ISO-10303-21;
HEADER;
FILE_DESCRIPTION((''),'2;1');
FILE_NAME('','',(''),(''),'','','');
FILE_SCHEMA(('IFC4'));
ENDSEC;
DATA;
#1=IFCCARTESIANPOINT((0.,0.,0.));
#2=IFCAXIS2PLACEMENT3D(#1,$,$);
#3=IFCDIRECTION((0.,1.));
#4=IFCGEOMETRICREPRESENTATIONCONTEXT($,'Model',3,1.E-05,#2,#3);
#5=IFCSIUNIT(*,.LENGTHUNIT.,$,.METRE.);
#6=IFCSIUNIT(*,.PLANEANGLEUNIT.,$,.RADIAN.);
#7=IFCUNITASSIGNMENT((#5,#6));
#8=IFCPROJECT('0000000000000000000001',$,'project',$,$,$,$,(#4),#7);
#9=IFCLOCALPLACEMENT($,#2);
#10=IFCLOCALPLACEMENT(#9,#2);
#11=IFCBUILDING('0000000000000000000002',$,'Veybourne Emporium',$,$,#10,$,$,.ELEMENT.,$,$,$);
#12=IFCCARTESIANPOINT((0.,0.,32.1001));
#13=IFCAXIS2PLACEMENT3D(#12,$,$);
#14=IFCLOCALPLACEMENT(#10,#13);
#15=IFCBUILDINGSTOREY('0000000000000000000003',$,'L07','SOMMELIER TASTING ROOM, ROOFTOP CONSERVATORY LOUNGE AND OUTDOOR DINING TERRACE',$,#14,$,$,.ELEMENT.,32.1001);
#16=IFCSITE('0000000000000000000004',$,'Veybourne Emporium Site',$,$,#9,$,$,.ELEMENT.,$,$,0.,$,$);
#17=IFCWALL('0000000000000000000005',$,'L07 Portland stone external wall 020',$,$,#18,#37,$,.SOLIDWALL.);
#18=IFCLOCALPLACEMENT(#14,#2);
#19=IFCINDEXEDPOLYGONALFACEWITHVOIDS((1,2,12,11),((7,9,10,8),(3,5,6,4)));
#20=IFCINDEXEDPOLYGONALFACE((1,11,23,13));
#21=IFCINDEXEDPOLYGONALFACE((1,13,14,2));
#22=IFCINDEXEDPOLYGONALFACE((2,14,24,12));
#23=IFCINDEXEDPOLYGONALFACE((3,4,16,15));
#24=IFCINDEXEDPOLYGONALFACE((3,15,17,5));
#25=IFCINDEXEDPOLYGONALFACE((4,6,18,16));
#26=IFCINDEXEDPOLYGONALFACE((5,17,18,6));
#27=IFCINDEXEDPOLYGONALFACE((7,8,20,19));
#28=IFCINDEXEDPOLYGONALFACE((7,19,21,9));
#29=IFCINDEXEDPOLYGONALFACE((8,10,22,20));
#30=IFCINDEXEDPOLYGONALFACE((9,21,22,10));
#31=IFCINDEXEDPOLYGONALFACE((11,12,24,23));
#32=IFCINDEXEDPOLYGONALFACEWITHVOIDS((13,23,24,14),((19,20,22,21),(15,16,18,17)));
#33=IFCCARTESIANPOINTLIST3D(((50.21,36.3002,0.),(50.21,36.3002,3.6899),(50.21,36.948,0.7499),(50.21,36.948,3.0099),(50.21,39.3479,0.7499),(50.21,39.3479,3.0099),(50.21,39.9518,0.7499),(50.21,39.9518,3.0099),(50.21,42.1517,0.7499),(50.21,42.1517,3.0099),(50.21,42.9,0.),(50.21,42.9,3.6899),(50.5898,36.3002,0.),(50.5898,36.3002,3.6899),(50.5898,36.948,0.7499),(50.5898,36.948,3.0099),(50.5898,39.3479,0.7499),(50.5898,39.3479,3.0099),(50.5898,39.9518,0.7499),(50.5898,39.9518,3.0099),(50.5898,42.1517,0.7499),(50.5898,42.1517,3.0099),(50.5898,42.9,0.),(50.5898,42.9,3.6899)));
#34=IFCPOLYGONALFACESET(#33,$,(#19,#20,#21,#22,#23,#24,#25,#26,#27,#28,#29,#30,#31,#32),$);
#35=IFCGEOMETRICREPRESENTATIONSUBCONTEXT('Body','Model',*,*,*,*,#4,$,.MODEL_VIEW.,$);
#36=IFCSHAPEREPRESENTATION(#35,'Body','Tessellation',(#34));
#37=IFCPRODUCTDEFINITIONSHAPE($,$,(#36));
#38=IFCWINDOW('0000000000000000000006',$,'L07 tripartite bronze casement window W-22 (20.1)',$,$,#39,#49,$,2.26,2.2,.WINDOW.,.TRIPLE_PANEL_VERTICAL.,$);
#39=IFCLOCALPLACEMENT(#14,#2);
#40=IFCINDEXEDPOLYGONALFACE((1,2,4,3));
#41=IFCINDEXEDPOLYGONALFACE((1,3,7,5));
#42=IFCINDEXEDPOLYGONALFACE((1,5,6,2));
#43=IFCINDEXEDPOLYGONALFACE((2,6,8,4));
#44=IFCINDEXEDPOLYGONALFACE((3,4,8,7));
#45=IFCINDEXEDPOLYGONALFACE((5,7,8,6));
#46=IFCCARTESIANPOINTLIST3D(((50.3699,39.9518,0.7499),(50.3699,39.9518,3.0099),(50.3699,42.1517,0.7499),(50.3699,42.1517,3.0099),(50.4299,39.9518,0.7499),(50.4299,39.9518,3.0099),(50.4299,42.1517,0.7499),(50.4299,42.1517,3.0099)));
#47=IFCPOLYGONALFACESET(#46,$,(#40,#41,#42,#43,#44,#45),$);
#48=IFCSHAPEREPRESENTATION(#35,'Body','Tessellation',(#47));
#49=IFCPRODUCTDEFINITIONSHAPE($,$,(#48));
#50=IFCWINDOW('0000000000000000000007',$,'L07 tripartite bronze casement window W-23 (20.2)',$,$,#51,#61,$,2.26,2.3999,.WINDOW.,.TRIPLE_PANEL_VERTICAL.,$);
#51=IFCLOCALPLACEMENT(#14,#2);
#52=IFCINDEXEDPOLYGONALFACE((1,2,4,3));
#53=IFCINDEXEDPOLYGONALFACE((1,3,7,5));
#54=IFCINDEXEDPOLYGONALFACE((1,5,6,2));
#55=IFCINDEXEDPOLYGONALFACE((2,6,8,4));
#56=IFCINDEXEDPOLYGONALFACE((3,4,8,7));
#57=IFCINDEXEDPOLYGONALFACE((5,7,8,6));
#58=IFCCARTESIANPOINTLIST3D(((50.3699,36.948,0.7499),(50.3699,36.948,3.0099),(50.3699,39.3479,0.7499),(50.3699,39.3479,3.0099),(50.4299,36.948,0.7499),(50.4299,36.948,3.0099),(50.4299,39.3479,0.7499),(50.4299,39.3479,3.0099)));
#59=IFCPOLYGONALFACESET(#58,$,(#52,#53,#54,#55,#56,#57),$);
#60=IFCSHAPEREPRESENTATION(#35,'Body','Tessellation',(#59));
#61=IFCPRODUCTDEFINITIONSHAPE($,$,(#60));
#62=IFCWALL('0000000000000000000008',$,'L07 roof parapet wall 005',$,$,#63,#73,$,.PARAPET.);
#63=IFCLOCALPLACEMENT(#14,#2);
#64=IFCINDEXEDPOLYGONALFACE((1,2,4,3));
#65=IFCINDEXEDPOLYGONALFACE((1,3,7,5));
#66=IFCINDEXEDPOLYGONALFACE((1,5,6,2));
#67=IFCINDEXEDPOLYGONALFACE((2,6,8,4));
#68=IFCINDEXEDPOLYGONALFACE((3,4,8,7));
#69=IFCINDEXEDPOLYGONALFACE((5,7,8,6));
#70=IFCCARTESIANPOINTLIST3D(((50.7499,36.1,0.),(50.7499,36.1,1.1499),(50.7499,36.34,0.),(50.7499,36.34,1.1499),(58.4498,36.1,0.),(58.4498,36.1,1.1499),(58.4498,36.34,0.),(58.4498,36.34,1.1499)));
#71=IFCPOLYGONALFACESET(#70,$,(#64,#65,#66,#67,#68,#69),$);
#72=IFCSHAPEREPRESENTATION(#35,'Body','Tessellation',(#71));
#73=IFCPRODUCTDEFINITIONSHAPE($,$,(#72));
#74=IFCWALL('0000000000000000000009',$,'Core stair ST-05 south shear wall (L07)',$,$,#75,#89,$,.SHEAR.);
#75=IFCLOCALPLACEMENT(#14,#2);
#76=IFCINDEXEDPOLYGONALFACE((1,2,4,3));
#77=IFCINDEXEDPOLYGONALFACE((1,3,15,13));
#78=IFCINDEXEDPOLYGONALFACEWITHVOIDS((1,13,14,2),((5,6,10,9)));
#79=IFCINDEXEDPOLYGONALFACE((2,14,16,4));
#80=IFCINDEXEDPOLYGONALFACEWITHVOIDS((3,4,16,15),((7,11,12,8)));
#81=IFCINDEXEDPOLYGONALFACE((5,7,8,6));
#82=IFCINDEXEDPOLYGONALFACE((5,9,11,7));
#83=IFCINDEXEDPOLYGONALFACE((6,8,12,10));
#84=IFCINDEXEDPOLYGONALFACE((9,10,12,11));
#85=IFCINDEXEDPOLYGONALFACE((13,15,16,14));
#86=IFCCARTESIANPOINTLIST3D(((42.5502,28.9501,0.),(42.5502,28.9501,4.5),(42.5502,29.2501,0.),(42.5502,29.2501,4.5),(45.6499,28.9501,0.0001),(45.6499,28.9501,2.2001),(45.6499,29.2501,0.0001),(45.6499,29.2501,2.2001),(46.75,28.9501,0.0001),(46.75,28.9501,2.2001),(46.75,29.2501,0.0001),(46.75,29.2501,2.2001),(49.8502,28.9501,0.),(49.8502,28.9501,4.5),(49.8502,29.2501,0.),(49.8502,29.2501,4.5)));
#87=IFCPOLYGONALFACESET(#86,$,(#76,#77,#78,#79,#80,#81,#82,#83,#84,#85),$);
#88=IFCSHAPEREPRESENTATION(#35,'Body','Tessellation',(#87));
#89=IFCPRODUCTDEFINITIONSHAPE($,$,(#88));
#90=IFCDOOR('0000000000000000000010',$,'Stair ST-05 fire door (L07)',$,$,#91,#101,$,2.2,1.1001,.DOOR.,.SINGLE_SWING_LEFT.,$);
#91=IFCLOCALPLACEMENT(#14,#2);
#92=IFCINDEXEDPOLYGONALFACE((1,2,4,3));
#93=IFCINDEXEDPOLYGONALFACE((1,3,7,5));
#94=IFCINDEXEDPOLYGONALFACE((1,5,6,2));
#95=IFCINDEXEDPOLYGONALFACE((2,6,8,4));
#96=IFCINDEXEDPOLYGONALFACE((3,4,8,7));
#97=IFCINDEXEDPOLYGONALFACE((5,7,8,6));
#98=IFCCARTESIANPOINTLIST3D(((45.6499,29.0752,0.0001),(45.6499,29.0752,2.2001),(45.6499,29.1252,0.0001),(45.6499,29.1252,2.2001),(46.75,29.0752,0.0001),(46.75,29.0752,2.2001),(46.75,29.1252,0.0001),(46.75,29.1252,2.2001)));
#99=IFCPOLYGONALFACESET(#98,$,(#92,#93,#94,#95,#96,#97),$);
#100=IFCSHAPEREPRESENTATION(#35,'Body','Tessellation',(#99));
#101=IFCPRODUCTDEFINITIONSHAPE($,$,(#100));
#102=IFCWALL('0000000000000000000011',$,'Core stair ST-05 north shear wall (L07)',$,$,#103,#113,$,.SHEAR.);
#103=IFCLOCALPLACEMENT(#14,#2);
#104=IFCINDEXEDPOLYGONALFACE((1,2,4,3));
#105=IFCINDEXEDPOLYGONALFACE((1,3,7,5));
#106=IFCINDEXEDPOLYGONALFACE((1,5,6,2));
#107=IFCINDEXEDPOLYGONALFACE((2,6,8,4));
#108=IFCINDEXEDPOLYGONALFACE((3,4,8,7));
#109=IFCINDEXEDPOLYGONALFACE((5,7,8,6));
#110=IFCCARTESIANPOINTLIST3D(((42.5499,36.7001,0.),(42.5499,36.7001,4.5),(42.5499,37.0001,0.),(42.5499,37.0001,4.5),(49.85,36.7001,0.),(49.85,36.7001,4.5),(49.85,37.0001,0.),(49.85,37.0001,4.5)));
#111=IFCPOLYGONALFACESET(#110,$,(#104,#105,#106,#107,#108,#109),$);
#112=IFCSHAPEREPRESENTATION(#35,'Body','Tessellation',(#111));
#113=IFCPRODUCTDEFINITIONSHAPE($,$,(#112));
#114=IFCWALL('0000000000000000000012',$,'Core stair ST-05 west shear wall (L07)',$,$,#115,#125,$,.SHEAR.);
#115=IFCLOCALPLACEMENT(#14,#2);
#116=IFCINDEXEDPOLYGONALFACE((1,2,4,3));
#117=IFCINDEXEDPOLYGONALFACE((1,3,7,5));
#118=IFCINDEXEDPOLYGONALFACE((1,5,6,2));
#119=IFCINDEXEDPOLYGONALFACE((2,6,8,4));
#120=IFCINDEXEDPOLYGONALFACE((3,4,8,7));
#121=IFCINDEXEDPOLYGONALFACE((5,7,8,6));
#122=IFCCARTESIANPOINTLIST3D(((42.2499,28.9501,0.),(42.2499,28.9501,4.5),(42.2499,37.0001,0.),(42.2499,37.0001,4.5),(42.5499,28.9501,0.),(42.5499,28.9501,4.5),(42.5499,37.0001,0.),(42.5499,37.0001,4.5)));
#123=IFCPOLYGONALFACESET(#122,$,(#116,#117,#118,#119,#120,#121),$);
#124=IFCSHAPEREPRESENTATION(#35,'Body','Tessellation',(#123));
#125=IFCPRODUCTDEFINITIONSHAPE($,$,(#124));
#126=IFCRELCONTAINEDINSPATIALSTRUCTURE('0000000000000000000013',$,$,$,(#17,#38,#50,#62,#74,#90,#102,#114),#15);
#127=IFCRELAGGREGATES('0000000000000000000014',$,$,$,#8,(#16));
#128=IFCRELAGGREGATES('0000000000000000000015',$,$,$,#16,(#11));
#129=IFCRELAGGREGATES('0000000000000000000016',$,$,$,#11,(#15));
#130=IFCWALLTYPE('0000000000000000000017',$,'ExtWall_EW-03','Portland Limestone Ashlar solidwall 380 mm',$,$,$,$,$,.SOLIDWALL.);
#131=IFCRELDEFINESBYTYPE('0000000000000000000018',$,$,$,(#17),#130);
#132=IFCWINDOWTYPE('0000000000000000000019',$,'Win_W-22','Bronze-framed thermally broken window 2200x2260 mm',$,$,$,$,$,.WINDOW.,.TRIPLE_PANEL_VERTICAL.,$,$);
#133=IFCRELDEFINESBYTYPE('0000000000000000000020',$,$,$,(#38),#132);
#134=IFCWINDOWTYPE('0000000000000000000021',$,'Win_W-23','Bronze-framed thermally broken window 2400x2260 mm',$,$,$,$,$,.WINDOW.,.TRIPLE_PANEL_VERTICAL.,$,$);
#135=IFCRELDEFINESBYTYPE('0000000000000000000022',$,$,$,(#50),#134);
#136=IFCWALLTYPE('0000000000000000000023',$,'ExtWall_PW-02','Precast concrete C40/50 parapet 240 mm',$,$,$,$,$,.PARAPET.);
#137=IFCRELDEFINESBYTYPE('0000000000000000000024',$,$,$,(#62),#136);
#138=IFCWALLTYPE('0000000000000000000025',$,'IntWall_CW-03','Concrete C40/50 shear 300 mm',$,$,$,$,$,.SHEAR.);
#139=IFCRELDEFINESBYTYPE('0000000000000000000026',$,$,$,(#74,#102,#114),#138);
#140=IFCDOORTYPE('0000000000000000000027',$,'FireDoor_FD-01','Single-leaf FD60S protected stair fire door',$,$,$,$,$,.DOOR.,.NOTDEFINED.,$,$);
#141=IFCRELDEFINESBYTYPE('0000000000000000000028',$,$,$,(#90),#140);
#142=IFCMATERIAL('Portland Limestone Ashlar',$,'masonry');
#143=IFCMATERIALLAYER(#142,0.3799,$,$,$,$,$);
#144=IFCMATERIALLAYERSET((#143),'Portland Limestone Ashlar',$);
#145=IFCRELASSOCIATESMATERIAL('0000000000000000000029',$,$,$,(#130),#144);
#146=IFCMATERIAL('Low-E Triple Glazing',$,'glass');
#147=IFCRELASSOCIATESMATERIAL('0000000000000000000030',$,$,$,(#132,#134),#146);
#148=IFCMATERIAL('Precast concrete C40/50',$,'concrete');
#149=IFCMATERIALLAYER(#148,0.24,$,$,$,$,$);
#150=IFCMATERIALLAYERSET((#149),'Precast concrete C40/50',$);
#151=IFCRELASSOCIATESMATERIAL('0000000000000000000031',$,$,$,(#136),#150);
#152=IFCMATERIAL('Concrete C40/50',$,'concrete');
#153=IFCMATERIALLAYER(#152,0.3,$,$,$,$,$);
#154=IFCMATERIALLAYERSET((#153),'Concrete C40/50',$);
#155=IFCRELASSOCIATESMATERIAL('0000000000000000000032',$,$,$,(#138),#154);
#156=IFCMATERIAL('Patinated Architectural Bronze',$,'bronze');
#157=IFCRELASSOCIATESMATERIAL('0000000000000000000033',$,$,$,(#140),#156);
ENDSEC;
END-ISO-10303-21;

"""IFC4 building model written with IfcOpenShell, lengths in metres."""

from ifc_helpers import new_model, si_unit, direction, frame, frame_2d, origin, place, context, subcontext, project, spatial, rectangle, extrude, material, layer, layer_set, type_object, element, fill, save


model = new_model("IFC4")

# Units and contexts
model_context = context("Model", 3, precision=1e-05, world=origin(), true_north=direction((0.0, 1.0)))
body_context = subcontext(model_context, "Body", "Model", "MODEL_VIEW")
ifc_project = project(units=[si_unit("LENGTHUNIT", "METRE"), si_unit("PLANEANGLEUNIT", "RADIAN")], contexts=[model_context])

# Site, building, storey
site_placement = place(None, origin())
site = spatial("IfcSite", under=ifc_project, at=site_placement, Name="Veybourne Emporium Site", CompositionType="ELEMENT", RefElevation=0.0)
building_placement = place(site_placement, origin())
building = spatial("IfcBuilding", under=site, at=building_placement, Name="Veybourne Emporium", CompositionType="ELEMENT")
storey_placement = place(building_placement, frame((0.0, 0.0, 32.1001)))
storey = spatial("IfcBuildingStorey", under=building, at=storey_placement, Name="L07", Description="SOMMELIER TASTING ROOM, ROOFTOP CONSERVATORY LOUNGE AND OUTDOOR DINING TERRACE", CompositionType="ELEMENT", Elevation=32.1001)

# Shared definitions
ifc_material_1 = material(Name="Concrete C40/50", Category="concrete")

# Wall, openings, windows
ifc_material_2 = material(Name="Portland Limestone Ashlar", Category="masonry")
ifc_layer_1 = layer(ifc_material_2, 0.3799)
ifc_layer_set_1 = layer_set([ifc_layer_1], Name="Portland Limestone Ashlar")
wall_type_1 = type_object("IfcWallType", Name="ExtWall_EW-03", Description="Portland Limestone Ashlar solidwall 380 mm", PredefinedType="SOLIDWALL", material=ifc_layer_set_1)
ifc_material_3 = material(Name="Low-E Triple Glazing", Category="glass")
wall_1_placement = place(storey_placement, frame((50.3999, 42.8999, 0.0), z_axis=(0.0, 0.0, 1.0), x_axis=(0.0, -1.0, 0.0)))
wall_1 = element("IfcWall", 1, at=wall_1_placement, inside=storey, type_object=wall_type_1, Name="L07 Portland stone external wall 020", PredefinedType="SOLIDWALL", context=body_context, shape_type="SweptSolid", body=[
    extrude(rectangle(XDim=6.5999, YDim=0.3799, at=frame_2d((3.2998, 0.0))), origin(), (0.0, 0.0, 1.0), 3.6899),
])
opening_1_placement = place(wall_1_placement, frame((0.748, 0.0, 0.75)))
opening_1 = element("IfcOpeningElement", 2, at=opening_1_placement, cuts=wall_1, PredefinedType="OPENING", context=body_context, shape_type="SweptSolid", body=[
    extrude(rectangle(XDim=2.2, YDim=2.26, at=frame_2d((1.1001, 1.1299))), frame((0.0, 0.21, 0.0), z_axis=(0.0, -1.0, 0.0), x_axis=(1.0, 0.0, 0.0)), (0.0, 0.0, 1.0), 0.4199),
])
opening_2_placement = place(wall_1_placement, frame((3.552, 0.0, 0.75)))
opening_2 = element("IfcOpeningElement", 3, at=opening_2_placement, cuts=wall_1, PredefinedType="OPENING", context=body_context, shape_type="SweptSolid", body=[
    extrude(rectangle(XDim=2.3999, YDim=2.26, at=frame_2d((1.2, 1.1299))), frame((0.0, 0.21, 0.0), z_axis=(0.0, -1.0, 0.0), x_axis=(1.0, 0.0, 0.0)), (0.0, 0.0, 1.0), 0.4199),
])
window_type_1 = type_object("IfcWindowType", Name="Win_W-22", Description="Bronze-framed thermally broken window 2200x2260 mm", PartitioningType="TRIPLE_PANEL_VERTICAL", PredefinedType="WINDOW", material=ifc_material_3)
window_1_placement = place(opening_1_placement, origin())
window_1 = element("IfcWindow", 4, at=window_1_placement, inside=storey, type_object=window_type_1, Name="L07 tripartite bronze casement window W-22 (20.1)", OverallHeight=2.26, OverallWidth=2.2, PartitioningType="TRIPLE_PANEL_VERTICAL", PredefinedType="WINDOW", context=body_context, shape_type="SweptSolid", body=[
    extrude(rectangle(XDim=2.2, YDim=2.26, at=frame_2d((1.1001, 1.1299))), frame((0.0, 0.03, 0.0), z_axis=(0.0, -1.0, 0.0), x_axis=(1.0, 0.0, 0.0)), (0.0, 0.0, 1.0), 0.0601),
])
fill(opening_1, window_1)
window_type_2 = type_object("IfcWindowType", Name="Win_W-23", Description="Bronze-framed thermally broken window 2400x2260 mm", PartitioningType="TRIPLE_PANEL_VERTICAL", PredefinedType="WINDOW", material=ifc_material_3)
window_2_placement = place(opening_2_placement, origin())
window_2 = element("IfcWindow", 5, at=window_2_placement, inside=storey, type_object=window_type_2, Name="L07 tripartite bronze casement window W-23 (20.2)", OverallHeight=2.26, OverallWidth=2.3999, PartitioningType="TRIPLE_PANEL_VERTICAL", PredefinedType="WINDOW", context=body_context, shape_type="SweptSolid", body=[
    extrude(rectangle(XDim=2.3999, YDim=2.26, at=frame_2d((1.2, 1.1299))), frame((0.0, 0.03, 0.0), z_axis=(0.0, -1.0, 0.0), x_axis=(1.0, 0.0, 0.0)), (0.0, 0.0, 1.0), 0.0601),
])
fill(opening_2, window_2)

# Wall
ifc_material_4 = material(Name="Precast concrete C40/50", Category="concrete")
ifc_layer_2 = layer(ifc_material_4, 0.24)
ifc_layer_set_2 = layer_set([ifc_layer_2], Name="Precast concrete C40/50")
wall_type_2 = type_object("IfcWallType", Name="ExtWall_PW-02", Description="Precast concrete C40/50 parapet 240 mm", PredefinedType="PARAPET", material=ifc_layer_set_2)
wall_2_placement = place(storey_placement, frame((58.45, 36.22, 0.0), z_axis=(0.0, 0.0, 1.0), x_axis=(-1.0, 0.0, 0.0)))
element("IfcWall", 6, at=wall_2_placement, inside=storey, type_object=wall_type_2, Name="L07 roof parapet wall 005", PredefinedType="PARAPET", context=body_context, shape_type="SweptSolid", body=[
    extrude(rectangle(XDim=7.7, YDim=0.24, at=frame_2d((3.8501, 0.0))), origin(), (0.0, 0.0, 1.0), 1.1499),
])

# Wall, opening, door
ifc_layer_3 = layer(ifc_material_1, 0.3)
ifc_layer_set_3 = layer_set([ifc_layer_3], Name="Concrete C40/50")
wall_type_3 = type_object("IfcWallType", Name="IntWall_CW-03", Description="Concrete C40/50 shear 300 mm", PredefinedType="SHEAR", material=ifc_layer_set_3)
wall_3_placement = place(storey_placement, frame((49.8501, 29.1001, 0.0), z_axis=(0.0, 0.0, 1.0), x_axis=(-1.0, 0.0, 0.0)))
wall_3 = element("IfcWall", 7, at=wall_3_placement, inside=storey, type_object=wall_type_3, Name="Core stair ST-05 south shear wall (L07)", PredefinedType="SHEAR", context=body_context, shape_type="SweptSolid", body=[
    extrude(rectangle(XDim=7.3, YDim=0.3, at=frame_2d((3.6499, 0.0))), origin(), (0.0, 0.0, 1.0), 4.5),
])
opening_3_placement = place(wall_3_placement, frame((3.1001, 0.0, 0.0)))
opening_3 = element("IfcOpeningElement", 8, at=opening_3_placement, cuts=wall_3, PredefinedType="OPENING", context=body_context, shape_type="SweptSolid", body=[
    extrude(rectangle(XDim=1.1001, YDim=2.2, at=frame_2d((0.55, 1.1001))), frame((0.0, 0.1699, 0.0), z_axis=(0.0, -1.0, 0.0), x_axis=(1.0, 0.0, 0.0)), (0.0, 0.0, 1.0), 0.3401),
])
ifc_material_5 = material(Name="Patinated Architectural Bronze", Category="bronze")
door_type = type_object("IfcDoorType", Name="FireDoor_FD-01", Description="Single-leaf FD60S protected stair fire door", OperationType="NOTDEFINED", PredefinedType="DOOR", material=ifc_material_5)
door_placement = place(opening_3_placement, origin())
door = element("IfcDoor", 9, at=door_placement, inside=storey, type_object=door_type, Name="Stair ST-05 fire door (L07)", OperationType="SINGLE_SWING_LEFT", OverallHeight=2.2, OverallWidth=1.1001, PredefinedType="DOOR", context=body_context, shape_type="SweptSolid", body=[
    extrude(rectangle(XDim=1.1001, YDim=2.2, at=frame_2d((0.55, 1.1001))), frame((0.0, 0.0249, 0.0), z_axis=(0.0, -1.0, 0.0), x_axis=(1.0, 0.0, 0.0)), (0.0, 0.0, 1.0), 0.05),
])
fill(opening_3, door)

# Walls
wall_4_placement = place(storey_placement, frame((42.55, 36.8501, 0.0), z_axis=(0.0, 0.0, 1.0), x_axis=(1.0, 0.0, 0.0)))
element("IfcWall", 10, at=wall_4_placement, inside=storey, type_object=wall_type_3, Name="Core stair ST-05 north shear wall (L07)", PredefinedType="SHEAR", context=body_context, shape_type="SweptSolid", body=[
    extrude(rectangle(XDim=7.3, YDim=0.3, at=frame_2d((3.6499, 0.0))), origin(), (0.0, 0.0, 1.0), 4.5),
])
wall_5_placement = place(storey_placement, frame((42.3999, 37.0, 0.0), z_axis=(0.0, 0.0, 1.0), x_axis=(0.0, -1.0, 0.0)))
element("IfcWall", 11, at=wall_5_placement, inside=storey, type_object=wall_type_3, Name="Core stair ST-05 west shear wall (L07)", PredefinedType="SHEAR", context=body_context, shape_type="SweptSolid", body=[
    extrude(rectangle(XDim=8.05, YDim=0.3, at=frame_2d((4.0249, 0.0))), origin(), (0.0, 0.0, 1.0), 4.5),
])

save(model, "model.ifc")
